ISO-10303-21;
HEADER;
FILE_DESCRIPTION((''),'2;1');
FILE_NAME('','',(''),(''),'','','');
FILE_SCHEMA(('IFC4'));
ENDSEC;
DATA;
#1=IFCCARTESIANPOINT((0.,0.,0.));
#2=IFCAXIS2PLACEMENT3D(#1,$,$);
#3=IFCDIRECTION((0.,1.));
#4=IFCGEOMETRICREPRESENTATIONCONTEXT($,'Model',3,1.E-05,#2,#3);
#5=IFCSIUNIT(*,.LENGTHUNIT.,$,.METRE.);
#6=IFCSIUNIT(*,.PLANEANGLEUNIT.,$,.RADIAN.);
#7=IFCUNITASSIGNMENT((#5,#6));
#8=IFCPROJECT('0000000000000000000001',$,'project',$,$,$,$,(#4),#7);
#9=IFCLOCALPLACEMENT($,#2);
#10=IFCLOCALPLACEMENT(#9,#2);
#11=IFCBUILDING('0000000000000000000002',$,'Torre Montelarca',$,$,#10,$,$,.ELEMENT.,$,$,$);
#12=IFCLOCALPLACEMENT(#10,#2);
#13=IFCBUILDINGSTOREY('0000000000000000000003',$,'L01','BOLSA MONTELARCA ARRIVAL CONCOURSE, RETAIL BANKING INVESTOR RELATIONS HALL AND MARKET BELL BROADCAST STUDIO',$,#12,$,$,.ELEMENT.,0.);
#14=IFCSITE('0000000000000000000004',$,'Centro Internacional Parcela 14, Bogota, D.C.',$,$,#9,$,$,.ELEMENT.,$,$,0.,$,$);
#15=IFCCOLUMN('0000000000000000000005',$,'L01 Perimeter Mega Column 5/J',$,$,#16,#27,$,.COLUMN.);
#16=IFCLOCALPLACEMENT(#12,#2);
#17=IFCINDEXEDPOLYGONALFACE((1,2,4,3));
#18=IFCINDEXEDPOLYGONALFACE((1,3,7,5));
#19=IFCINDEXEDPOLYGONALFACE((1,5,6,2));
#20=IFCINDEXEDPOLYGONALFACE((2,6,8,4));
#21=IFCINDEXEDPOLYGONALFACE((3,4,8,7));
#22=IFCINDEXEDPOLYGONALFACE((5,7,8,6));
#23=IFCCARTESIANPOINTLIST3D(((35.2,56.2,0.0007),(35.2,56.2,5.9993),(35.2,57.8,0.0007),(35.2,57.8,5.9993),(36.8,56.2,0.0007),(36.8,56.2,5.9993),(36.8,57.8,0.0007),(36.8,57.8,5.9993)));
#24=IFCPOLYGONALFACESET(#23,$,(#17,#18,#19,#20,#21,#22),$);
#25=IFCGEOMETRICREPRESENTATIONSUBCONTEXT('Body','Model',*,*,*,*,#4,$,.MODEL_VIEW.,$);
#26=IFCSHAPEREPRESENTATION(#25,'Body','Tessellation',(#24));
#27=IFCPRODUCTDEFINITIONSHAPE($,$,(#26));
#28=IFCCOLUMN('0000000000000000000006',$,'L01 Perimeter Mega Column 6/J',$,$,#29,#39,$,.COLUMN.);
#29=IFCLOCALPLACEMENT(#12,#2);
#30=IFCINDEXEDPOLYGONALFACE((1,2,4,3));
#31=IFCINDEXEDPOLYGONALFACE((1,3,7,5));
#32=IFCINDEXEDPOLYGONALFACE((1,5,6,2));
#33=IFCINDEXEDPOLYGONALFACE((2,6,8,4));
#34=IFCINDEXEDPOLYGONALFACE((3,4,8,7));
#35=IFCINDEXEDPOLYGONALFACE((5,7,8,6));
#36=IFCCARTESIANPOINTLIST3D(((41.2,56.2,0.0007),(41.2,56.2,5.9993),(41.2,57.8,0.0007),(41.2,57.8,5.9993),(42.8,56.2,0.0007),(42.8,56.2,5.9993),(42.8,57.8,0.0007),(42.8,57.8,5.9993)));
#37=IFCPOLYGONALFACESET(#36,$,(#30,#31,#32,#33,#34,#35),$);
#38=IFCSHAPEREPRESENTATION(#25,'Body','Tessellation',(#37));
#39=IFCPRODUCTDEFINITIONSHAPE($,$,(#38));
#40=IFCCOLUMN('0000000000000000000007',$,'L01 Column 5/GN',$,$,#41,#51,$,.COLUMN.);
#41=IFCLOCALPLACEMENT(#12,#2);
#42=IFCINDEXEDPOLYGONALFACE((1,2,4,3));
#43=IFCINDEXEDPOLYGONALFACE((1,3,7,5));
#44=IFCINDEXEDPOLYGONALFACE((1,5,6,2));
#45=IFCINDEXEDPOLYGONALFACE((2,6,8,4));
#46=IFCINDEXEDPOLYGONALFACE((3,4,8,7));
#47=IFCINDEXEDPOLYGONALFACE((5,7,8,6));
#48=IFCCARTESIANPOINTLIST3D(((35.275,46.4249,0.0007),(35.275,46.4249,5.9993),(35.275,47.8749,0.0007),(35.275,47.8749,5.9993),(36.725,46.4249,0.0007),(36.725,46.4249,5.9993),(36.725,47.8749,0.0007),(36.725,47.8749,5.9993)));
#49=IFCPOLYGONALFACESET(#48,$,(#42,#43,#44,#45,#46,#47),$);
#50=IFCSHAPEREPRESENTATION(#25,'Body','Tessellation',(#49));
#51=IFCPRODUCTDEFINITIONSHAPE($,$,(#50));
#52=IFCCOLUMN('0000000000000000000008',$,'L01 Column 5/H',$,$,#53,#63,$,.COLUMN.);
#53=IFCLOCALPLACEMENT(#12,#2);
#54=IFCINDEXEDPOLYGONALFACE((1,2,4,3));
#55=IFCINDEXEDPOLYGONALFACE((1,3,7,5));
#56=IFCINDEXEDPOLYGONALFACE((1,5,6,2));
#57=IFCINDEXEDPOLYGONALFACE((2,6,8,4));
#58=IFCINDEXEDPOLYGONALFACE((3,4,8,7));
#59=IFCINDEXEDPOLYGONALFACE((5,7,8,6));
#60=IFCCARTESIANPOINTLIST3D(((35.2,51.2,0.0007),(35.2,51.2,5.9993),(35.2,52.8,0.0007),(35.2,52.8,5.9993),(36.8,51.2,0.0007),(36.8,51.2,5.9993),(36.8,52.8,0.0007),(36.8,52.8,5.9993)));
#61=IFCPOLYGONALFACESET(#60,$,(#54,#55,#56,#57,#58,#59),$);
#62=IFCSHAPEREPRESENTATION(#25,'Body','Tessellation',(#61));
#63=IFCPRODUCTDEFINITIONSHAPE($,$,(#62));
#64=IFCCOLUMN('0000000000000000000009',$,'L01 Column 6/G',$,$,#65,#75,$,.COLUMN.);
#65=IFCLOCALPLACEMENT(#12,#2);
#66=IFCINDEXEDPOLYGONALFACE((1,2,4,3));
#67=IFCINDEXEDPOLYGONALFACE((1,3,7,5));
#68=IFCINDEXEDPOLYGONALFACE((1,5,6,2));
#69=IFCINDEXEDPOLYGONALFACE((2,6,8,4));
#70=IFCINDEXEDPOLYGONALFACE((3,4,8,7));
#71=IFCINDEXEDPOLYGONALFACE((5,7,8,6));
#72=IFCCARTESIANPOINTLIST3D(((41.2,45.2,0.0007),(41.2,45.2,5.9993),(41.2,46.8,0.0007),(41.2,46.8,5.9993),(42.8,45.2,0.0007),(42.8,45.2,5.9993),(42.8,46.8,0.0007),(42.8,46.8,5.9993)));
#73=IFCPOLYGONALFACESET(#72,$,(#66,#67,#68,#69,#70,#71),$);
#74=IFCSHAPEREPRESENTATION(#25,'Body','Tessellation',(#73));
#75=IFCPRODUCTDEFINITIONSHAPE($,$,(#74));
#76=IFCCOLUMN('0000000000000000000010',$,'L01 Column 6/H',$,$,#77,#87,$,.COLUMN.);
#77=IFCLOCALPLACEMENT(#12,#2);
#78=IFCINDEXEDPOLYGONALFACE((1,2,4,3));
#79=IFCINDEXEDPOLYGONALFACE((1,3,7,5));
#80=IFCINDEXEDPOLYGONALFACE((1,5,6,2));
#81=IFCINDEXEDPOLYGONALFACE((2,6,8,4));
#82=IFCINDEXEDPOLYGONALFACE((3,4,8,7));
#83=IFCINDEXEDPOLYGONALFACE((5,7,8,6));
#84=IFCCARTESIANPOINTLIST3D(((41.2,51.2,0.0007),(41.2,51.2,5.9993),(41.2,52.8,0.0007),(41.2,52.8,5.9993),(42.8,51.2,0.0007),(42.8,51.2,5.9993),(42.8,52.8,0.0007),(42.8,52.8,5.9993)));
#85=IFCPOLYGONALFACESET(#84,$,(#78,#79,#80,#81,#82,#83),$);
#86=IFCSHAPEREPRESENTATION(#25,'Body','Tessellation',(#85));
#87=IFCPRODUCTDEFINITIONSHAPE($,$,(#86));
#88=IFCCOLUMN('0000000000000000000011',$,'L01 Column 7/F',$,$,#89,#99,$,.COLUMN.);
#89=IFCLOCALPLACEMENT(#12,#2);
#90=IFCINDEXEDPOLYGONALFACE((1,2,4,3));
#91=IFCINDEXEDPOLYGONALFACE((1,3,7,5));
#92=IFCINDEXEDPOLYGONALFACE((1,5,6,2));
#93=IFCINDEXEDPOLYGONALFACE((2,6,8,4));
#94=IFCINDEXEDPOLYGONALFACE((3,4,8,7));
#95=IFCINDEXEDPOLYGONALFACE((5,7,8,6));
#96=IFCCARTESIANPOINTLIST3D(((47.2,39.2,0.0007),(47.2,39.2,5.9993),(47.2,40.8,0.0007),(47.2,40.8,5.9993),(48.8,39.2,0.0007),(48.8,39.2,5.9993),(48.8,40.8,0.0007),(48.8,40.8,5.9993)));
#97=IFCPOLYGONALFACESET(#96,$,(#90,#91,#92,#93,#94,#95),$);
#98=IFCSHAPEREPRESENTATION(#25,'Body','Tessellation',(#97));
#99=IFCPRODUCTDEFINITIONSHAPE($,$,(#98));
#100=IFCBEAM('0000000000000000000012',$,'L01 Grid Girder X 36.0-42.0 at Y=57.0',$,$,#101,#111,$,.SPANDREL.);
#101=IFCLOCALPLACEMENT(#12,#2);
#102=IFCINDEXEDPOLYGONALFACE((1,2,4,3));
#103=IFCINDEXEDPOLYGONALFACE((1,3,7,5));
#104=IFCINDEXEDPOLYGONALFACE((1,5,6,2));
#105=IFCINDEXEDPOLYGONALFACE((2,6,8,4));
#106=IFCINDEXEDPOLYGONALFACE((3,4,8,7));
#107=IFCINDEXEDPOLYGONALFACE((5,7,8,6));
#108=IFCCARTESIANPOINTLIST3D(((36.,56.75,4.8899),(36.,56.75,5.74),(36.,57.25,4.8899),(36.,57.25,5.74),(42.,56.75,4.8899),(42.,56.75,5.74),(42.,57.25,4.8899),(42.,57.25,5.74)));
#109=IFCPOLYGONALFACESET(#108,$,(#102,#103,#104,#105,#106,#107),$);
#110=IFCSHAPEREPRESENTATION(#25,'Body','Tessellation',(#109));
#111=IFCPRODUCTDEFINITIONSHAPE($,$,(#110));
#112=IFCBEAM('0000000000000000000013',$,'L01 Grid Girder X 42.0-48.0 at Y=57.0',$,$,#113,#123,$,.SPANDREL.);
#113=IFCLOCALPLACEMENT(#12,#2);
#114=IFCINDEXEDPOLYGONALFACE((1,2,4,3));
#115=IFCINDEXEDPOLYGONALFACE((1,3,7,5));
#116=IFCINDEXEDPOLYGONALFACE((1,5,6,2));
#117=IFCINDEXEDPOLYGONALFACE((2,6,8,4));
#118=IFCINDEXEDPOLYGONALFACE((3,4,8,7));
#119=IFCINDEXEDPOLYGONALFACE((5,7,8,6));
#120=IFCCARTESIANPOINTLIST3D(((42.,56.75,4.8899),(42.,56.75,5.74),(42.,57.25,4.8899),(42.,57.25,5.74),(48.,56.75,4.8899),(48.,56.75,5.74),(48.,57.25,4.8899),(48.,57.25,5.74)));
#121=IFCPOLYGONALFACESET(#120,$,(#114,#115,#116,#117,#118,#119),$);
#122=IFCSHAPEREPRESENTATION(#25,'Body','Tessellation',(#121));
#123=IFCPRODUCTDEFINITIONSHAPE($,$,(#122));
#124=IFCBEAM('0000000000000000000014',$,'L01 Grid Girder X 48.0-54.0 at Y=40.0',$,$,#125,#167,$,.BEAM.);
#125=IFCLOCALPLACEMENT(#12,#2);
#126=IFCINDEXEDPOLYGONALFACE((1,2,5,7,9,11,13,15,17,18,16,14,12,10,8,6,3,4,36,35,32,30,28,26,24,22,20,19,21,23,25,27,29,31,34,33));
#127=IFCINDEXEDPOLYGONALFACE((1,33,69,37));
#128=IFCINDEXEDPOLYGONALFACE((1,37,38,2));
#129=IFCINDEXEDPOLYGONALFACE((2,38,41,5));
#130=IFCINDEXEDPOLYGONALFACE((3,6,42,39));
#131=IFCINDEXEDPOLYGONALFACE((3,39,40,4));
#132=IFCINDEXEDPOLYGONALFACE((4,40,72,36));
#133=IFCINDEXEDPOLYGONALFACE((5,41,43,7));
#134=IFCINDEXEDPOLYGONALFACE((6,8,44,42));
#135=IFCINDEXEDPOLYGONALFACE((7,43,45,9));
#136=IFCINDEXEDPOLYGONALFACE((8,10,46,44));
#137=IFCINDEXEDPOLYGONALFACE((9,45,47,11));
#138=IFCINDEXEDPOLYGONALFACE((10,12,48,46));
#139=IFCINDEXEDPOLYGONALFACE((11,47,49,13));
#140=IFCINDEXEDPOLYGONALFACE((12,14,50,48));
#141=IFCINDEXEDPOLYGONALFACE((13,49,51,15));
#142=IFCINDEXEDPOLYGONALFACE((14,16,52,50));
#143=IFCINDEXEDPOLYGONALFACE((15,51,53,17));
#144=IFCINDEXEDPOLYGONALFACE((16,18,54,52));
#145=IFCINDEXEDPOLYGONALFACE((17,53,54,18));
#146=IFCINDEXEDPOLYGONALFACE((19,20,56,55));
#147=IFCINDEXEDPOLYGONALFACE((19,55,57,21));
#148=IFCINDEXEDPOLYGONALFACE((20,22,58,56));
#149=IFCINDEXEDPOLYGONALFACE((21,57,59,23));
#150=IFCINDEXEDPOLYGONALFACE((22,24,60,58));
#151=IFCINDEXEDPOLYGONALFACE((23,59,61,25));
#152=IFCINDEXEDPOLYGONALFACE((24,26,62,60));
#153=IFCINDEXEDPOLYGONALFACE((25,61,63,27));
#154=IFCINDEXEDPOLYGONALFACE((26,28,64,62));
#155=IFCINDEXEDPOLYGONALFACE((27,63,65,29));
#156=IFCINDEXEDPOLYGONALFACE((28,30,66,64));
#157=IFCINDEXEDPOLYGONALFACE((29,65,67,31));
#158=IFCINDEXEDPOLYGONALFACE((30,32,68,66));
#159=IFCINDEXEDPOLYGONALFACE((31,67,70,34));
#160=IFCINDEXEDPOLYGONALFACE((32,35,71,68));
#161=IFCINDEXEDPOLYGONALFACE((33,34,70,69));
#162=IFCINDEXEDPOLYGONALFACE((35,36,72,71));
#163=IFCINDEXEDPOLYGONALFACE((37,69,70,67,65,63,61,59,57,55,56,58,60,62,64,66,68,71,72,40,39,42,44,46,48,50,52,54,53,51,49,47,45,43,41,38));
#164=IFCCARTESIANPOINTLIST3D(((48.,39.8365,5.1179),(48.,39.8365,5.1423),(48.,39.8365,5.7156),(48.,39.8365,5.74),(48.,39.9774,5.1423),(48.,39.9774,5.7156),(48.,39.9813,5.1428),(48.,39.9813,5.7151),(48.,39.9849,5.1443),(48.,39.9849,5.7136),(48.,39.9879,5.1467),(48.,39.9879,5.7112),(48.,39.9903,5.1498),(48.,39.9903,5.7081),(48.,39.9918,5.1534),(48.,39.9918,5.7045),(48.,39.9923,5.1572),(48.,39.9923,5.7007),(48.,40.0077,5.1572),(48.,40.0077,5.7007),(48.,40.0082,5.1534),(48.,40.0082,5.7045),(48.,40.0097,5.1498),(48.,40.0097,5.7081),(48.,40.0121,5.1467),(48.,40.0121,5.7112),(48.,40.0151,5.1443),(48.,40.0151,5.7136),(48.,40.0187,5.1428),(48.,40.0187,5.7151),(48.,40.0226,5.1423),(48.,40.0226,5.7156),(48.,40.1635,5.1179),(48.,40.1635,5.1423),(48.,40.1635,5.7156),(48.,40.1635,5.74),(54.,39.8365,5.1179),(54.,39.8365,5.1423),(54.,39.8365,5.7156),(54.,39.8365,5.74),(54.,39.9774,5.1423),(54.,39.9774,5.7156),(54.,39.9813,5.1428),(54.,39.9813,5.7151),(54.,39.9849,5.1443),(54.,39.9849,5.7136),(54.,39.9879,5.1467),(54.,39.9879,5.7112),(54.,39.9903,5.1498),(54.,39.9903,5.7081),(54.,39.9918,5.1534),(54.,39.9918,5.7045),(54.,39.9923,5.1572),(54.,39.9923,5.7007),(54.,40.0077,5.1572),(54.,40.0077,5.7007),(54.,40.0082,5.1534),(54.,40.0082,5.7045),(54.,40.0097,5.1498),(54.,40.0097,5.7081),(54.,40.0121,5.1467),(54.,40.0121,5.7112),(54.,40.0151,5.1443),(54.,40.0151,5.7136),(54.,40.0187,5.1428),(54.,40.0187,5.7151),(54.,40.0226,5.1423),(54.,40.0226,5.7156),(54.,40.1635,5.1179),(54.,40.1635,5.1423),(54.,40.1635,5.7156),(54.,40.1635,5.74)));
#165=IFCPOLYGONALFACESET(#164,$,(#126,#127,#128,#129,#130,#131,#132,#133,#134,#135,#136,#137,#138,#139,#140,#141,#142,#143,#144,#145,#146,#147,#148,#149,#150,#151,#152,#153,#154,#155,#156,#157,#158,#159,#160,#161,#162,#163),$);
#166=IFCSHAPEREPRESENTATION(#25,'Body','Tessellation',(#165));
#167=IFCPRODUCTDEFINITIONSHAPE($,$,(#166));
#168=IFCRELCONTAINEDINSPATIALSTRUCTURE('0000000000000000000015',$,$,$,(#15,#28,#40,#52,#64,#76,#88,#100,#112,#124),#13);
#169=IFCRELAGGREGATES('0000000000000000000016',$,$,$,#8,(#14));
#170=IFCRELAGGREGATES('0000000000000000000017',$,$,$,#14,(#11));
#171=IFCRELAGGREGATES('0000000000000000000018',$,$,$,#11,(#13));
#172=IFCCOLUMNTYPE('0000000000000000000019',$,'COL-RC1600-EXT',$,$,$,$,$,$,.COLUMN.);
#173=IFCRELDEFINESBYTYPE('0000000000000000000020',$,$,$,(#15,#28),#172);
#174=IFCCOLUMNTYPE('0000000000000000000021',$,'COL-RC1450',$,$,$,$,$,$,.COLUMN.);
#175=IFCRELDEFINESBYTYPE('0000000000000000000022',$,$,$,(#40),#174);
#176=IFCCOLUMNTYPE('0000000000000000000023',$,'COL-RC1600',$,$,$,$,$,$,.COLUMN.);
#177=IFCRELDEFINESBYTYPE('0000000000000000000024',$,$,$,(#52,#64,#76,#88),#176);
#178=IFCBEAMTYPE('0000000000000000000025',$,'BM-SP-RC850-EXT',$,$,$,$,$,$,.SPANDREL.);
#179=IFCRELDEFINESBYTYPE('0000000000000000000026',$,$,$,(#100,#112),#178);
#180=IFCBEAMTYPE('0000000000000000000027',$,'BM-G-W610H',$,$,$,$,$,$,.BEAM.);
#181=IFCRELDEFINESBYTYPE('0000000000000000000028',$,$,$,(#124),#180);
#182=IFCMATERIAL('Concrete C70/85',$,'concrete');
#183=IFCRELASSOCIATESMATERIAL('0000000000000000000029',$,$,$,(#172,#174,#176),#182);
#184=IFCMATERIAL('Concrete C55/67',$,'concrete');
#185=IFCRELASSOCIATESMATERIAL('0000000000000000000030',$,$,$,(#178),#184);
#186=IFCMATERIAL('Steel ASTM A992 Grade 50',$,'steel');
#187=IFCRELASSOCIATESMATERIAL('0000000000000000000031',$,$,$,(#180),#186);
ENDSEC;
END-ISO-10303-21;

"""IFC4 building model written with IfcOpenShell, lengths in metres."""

from ifc_helpers import new_model, si_unit, direction, frame, origin, origin_2d, place, context, subcontext, project, spatial, rectangle, i_section, extrude, source, transform, mapped, material, material_profile, profile_set, type_object, element, save


model = new_model("IFC4")

# Units and contexts
model_context = context("Model", 3, precision=1e-05, world=origin(), true_north=direction((0.0, 1.0)))
body_context = subcontext(model_context, "Body", "Model", "MODEL_VIEW")
ifc_project = project(units=[si_unit("LENGTHUNIT", "METRE"), si_unit("PLANEANGLEUNIT", "RADIAN")], contexts=[model_context])

# Site, building, storey
site_placement = place(None, origin())
site = spatial("IfcSite", under=ifc_project, at=site_placement, Name="Centro Internacional Parcela 14, Bogota, D.C.", CompositionType="ELEMENT", RefElevation=0.0)
building_placement = place(site_placement, origin())
building = spatial("IfcBuilding", under=site, at=building_placement, Name="Torre Montelarca", CompositionType="ELEMENT")
storey_placement = place(building_placement, origin())
storey = spatial("IfcBuildingStorey", under=building, at=storey_placement, Name="L01", Description="BOLSA MONTELARCA ARRIVAL CONCOURSE, RETAIL BANKING INVESTOR RELATIONS HALL AND MARKET BELL BROADCAST STUDIO", CompositionType="ELEMENT", Elevation=0.0)

# Columns
ifc_material_1 = material(Name="Concrete C70/85", Category="concrete")
ifc_material_profile_1 = material_profile(ifc_material_1, rectangle(XDim=1.6001, YDim=1.6001, at=origin_2d()), Name="RC1600X1600", Category="concrete")
ifc_profile_set_1 = profile_set([ifc_material_profile_1], Name="Concrete C70/85")
column_type_1 = type_object("IfcColumnType", Name="COL-RC1600-EXT", PredefinedType="COLUMN", material=ifc_profile_set_1)
shared_shape_1 = source(origin(), body_context, "Body", "SweptSolid", [
    extrude(rectangle(XDim=1.6001, YDim=1.6001, at=origin_2d()), origin(), (0.0, 0.0, 1.0), 5.9985),
])
for number, where, z_axis, x_axis, name in (
    (1, (36.0, 57.0, 0.0007), (0.0, 0.0, 1.0), (1.0, 0.0, 0.0), "L01 Perimeter Mega Column 5/J"),
    (2, (42.0, 57.0, 0.0007), (0.0, 0.0, 1.0), (1.0, 0.0, 0.0), "L01 Perimeter Mega Column 6/J"),
):
    element("IfcColumn", number, at=place(storey_placement, frame(where, z_axis=z_axis, x_axis=x_axis)), inside=storey, type_object=column_type_1, Name=name, PredefinedType="COLUMN", context=body_context, shape_type="MappedRepresentation", body=[
        mapped(shared_shape_1, transform((0.0, 0.0, 0.0), scale=1.0)),
    ])
ifc_material_profile_2 = material_profile(ifc_material_1, rectangle(XDim=1.45, YDim=1.45, at=origin_2d()), Name="RC1450X1450", Category="concrete")
ifc_profile_set_2 = profile_set([ifc_material_profile_2], Name="Concrete C70/85")
column_type_2 = type_object("IfcColumnType", Name="COL-RC1450", PredefinedType="COLUMN", material=ifc_profile_set_2)
shared_shape_2 = source(origin(), body_context, "Body", "SweptSolid", [
    extrude(rectangle(XDim=1.45, YDim=1.45, at=origin_2d()), origin(), (0.0, 0.0, 1.0), 5.9985),
])
column_placement = place(storey_placement, frame((36.0, 47.1499, 0.0007), z_axis=(0.0, 0.0, 1.0), x_axis=(1.0, 0.0, 0.0)))
element("IfcColumn", 3, at=column_placement, inside=storey, type_object=column_type_2, Name="L01 Column 5/GN", PredefinedType="COLUMN", context=body_context, shape_type="MappedRepresentation", body=[
    mapped(shared_shape_2, transform((0.0, 0.0, 0.0), scale=1.0)),
])
ifc_material_profile_3 = material_profile(ifc_material_1, rectangle(XDim=1.6001, YDim=1.6001, at=origin_2d()), Name="RC1600X1600", Category="concrete")
ifc_profile_set_3 = profile_set([ifc_material_profile_3], Name="Concrete C70/85")
column_type_3 = type_object("IfcColumnType", Name="COL-RC1600", PredefinedType="COLUMN", material=ifc_profile_set_3)
shared_shape_3 = source(origin(), body_context, "Body", "SweptSolid", [
    extrude(rectangle(XDim=1.6001, YDim=1.6001, at=origin_2d()), origin(), (0.0, 0.0, 1.0), 5.9985),
])
for number, where, z_axis, x_axis, name in (
    (4, (36.0, 52.0, 0.0007), (0.0, 0.0, 1.0), (1.0, 0.0, 0.0), "L01 Column 5/H"),
    (5, (42.0, 46.0, 0.0007), (0.0, 0.0, 1.0), (1.0, 0.0, 0.0), "L01 Column 6/G"),
    (6, (42.0, 52.0, 0.0007), (0.0, 0.0, 1.0), (1.0, 0.0, 0.0), "L01 Column 6/H"),
    (7, (48.0, 40.0, 0.0007), (0.0, 0.0, 1.0), (1.0, 0.0, 0.0), "L01 Column 7/F"),
):
    element("IfcColumn", number, at=place(storey_placement, frame(where, z_axis=z_axis, x_axis=x_axis)), inside=storey, type_object=column_type_3, Name=name, PredefinedType="COLUMN", context=body_context, shape_type="MappedRepresentation", body=[
        mapped(shared_shape_3, transform((0.0, 0.0, 0.0), scale=1.0)),
    ])

# Beams
ifc_material_2 = material(Name="Concrete C55/67", Category="concrete")
ifc_material_profile_4 = material_profile(ifc_material_2, rectangle(XDim=0.5, YDim=0.8501, at=origin_2d()), Name="RCB500X850", Category="concrete")
ifc_profile_set_4 = profile_set([ifc_material_profile_4], Name="Concrete C55/67")
beam_type_1 = type_object("IfcBeamType", Name="BM-SP-RC850-EXT", PredefinedType="SPANDREL", material=ifc_profile_set_4)
shared_shape_4 = source(origin(), body_context, "Body", "SweptSolid", [
    extrude(rectangle(XDim=0.5, YDim=0.8501, at=origin_2d()), origin(), (0.0, 0.0, 1.0), 6.0),
])
for number, where, z_axis, x_axis, name in (
    (8, (36.0, 57.0, 5.3149), (1.0, 0.0, 0.0), (0.0, 1.0, 0.0), "L01 Grid Girder X 36.0-42.0 at Y=57.0"),
    (9, (42.0, 57.0, 5.3149), (1.0, 0.0, 0.0), (0.0, 1.0, 0.0), "L01 Grid Girder X 42.0-48.0 at Y=57.0"),
):
    element("IfcBeam", number, at=place(storey_placement, frame(where, z_axis=z_axis, x_axis=x_axis)), inside=storey, type_object=beam_type_1, Name=name, PredefinedType="SPANDREL", context=body_context, shape_type="MappedRepresentation", body=[
        mapped(shared_shape_4, transform((0.0, 0.0, 0.0), scale=1.0)),
    ])
ifc_material_3 = material(Name="Steel ASTM A992 Grade 50", Category="steel")
ifc_material_profile_5 = material_profile(ifc_material_3, i_section(OverallWidth=0.3269, OverallDepth=0.6221, WebThickness=0.0154, FlangeThickness=0.0244, FilletRadius=0.0149, at=origin_2d()), Name="W610X195", Category="steel")
ifc_profile_set_5 = profile_set([ifc_material_profile_5], Name="Steel ASTM A992 Grade 50")
beam_type_2 = type_object("IfcBeamType", Name="BM-G-W610H", PredefinedType="BEAM", material=ifc_profile_set_5)
shared_shape_5 = source(origin(), body_context, "Body", "SweptSolid", [
    extrude(i_section(OverallWidth=0.3269, OverallDepth=0.6221, WebThickness=0.0154, FlangeThickness=0.0244, FilletRadius=0.0149, at=origin_2d()), origin(), (0.0, 0.0, 1.0), 6.0),
])
for number, where, z_axis, x_axis, name in (
    (10, (48.0, 40.0, 5.429), (1.0, 0.0, 0.0), (0.0, 1.0, 0.0), "L01 Grid Girder X 48.0-54.0 at Y=40.0"),
):
    element("IfcBeam", number, at=place(storey_placement, frame(where, z_axis=z_axis, x_axis=x_axis)), inside=storey, type_object=beam_type_2, Name=name, PredefinedType="BEAM", context=body_context, shape_type="MappedRepresentation", body=[
        mapped(shared_shape_5, transform((0.0, 0.0, 0.0), scale=1.0)),
    ])

save(model, "model.ifc")
